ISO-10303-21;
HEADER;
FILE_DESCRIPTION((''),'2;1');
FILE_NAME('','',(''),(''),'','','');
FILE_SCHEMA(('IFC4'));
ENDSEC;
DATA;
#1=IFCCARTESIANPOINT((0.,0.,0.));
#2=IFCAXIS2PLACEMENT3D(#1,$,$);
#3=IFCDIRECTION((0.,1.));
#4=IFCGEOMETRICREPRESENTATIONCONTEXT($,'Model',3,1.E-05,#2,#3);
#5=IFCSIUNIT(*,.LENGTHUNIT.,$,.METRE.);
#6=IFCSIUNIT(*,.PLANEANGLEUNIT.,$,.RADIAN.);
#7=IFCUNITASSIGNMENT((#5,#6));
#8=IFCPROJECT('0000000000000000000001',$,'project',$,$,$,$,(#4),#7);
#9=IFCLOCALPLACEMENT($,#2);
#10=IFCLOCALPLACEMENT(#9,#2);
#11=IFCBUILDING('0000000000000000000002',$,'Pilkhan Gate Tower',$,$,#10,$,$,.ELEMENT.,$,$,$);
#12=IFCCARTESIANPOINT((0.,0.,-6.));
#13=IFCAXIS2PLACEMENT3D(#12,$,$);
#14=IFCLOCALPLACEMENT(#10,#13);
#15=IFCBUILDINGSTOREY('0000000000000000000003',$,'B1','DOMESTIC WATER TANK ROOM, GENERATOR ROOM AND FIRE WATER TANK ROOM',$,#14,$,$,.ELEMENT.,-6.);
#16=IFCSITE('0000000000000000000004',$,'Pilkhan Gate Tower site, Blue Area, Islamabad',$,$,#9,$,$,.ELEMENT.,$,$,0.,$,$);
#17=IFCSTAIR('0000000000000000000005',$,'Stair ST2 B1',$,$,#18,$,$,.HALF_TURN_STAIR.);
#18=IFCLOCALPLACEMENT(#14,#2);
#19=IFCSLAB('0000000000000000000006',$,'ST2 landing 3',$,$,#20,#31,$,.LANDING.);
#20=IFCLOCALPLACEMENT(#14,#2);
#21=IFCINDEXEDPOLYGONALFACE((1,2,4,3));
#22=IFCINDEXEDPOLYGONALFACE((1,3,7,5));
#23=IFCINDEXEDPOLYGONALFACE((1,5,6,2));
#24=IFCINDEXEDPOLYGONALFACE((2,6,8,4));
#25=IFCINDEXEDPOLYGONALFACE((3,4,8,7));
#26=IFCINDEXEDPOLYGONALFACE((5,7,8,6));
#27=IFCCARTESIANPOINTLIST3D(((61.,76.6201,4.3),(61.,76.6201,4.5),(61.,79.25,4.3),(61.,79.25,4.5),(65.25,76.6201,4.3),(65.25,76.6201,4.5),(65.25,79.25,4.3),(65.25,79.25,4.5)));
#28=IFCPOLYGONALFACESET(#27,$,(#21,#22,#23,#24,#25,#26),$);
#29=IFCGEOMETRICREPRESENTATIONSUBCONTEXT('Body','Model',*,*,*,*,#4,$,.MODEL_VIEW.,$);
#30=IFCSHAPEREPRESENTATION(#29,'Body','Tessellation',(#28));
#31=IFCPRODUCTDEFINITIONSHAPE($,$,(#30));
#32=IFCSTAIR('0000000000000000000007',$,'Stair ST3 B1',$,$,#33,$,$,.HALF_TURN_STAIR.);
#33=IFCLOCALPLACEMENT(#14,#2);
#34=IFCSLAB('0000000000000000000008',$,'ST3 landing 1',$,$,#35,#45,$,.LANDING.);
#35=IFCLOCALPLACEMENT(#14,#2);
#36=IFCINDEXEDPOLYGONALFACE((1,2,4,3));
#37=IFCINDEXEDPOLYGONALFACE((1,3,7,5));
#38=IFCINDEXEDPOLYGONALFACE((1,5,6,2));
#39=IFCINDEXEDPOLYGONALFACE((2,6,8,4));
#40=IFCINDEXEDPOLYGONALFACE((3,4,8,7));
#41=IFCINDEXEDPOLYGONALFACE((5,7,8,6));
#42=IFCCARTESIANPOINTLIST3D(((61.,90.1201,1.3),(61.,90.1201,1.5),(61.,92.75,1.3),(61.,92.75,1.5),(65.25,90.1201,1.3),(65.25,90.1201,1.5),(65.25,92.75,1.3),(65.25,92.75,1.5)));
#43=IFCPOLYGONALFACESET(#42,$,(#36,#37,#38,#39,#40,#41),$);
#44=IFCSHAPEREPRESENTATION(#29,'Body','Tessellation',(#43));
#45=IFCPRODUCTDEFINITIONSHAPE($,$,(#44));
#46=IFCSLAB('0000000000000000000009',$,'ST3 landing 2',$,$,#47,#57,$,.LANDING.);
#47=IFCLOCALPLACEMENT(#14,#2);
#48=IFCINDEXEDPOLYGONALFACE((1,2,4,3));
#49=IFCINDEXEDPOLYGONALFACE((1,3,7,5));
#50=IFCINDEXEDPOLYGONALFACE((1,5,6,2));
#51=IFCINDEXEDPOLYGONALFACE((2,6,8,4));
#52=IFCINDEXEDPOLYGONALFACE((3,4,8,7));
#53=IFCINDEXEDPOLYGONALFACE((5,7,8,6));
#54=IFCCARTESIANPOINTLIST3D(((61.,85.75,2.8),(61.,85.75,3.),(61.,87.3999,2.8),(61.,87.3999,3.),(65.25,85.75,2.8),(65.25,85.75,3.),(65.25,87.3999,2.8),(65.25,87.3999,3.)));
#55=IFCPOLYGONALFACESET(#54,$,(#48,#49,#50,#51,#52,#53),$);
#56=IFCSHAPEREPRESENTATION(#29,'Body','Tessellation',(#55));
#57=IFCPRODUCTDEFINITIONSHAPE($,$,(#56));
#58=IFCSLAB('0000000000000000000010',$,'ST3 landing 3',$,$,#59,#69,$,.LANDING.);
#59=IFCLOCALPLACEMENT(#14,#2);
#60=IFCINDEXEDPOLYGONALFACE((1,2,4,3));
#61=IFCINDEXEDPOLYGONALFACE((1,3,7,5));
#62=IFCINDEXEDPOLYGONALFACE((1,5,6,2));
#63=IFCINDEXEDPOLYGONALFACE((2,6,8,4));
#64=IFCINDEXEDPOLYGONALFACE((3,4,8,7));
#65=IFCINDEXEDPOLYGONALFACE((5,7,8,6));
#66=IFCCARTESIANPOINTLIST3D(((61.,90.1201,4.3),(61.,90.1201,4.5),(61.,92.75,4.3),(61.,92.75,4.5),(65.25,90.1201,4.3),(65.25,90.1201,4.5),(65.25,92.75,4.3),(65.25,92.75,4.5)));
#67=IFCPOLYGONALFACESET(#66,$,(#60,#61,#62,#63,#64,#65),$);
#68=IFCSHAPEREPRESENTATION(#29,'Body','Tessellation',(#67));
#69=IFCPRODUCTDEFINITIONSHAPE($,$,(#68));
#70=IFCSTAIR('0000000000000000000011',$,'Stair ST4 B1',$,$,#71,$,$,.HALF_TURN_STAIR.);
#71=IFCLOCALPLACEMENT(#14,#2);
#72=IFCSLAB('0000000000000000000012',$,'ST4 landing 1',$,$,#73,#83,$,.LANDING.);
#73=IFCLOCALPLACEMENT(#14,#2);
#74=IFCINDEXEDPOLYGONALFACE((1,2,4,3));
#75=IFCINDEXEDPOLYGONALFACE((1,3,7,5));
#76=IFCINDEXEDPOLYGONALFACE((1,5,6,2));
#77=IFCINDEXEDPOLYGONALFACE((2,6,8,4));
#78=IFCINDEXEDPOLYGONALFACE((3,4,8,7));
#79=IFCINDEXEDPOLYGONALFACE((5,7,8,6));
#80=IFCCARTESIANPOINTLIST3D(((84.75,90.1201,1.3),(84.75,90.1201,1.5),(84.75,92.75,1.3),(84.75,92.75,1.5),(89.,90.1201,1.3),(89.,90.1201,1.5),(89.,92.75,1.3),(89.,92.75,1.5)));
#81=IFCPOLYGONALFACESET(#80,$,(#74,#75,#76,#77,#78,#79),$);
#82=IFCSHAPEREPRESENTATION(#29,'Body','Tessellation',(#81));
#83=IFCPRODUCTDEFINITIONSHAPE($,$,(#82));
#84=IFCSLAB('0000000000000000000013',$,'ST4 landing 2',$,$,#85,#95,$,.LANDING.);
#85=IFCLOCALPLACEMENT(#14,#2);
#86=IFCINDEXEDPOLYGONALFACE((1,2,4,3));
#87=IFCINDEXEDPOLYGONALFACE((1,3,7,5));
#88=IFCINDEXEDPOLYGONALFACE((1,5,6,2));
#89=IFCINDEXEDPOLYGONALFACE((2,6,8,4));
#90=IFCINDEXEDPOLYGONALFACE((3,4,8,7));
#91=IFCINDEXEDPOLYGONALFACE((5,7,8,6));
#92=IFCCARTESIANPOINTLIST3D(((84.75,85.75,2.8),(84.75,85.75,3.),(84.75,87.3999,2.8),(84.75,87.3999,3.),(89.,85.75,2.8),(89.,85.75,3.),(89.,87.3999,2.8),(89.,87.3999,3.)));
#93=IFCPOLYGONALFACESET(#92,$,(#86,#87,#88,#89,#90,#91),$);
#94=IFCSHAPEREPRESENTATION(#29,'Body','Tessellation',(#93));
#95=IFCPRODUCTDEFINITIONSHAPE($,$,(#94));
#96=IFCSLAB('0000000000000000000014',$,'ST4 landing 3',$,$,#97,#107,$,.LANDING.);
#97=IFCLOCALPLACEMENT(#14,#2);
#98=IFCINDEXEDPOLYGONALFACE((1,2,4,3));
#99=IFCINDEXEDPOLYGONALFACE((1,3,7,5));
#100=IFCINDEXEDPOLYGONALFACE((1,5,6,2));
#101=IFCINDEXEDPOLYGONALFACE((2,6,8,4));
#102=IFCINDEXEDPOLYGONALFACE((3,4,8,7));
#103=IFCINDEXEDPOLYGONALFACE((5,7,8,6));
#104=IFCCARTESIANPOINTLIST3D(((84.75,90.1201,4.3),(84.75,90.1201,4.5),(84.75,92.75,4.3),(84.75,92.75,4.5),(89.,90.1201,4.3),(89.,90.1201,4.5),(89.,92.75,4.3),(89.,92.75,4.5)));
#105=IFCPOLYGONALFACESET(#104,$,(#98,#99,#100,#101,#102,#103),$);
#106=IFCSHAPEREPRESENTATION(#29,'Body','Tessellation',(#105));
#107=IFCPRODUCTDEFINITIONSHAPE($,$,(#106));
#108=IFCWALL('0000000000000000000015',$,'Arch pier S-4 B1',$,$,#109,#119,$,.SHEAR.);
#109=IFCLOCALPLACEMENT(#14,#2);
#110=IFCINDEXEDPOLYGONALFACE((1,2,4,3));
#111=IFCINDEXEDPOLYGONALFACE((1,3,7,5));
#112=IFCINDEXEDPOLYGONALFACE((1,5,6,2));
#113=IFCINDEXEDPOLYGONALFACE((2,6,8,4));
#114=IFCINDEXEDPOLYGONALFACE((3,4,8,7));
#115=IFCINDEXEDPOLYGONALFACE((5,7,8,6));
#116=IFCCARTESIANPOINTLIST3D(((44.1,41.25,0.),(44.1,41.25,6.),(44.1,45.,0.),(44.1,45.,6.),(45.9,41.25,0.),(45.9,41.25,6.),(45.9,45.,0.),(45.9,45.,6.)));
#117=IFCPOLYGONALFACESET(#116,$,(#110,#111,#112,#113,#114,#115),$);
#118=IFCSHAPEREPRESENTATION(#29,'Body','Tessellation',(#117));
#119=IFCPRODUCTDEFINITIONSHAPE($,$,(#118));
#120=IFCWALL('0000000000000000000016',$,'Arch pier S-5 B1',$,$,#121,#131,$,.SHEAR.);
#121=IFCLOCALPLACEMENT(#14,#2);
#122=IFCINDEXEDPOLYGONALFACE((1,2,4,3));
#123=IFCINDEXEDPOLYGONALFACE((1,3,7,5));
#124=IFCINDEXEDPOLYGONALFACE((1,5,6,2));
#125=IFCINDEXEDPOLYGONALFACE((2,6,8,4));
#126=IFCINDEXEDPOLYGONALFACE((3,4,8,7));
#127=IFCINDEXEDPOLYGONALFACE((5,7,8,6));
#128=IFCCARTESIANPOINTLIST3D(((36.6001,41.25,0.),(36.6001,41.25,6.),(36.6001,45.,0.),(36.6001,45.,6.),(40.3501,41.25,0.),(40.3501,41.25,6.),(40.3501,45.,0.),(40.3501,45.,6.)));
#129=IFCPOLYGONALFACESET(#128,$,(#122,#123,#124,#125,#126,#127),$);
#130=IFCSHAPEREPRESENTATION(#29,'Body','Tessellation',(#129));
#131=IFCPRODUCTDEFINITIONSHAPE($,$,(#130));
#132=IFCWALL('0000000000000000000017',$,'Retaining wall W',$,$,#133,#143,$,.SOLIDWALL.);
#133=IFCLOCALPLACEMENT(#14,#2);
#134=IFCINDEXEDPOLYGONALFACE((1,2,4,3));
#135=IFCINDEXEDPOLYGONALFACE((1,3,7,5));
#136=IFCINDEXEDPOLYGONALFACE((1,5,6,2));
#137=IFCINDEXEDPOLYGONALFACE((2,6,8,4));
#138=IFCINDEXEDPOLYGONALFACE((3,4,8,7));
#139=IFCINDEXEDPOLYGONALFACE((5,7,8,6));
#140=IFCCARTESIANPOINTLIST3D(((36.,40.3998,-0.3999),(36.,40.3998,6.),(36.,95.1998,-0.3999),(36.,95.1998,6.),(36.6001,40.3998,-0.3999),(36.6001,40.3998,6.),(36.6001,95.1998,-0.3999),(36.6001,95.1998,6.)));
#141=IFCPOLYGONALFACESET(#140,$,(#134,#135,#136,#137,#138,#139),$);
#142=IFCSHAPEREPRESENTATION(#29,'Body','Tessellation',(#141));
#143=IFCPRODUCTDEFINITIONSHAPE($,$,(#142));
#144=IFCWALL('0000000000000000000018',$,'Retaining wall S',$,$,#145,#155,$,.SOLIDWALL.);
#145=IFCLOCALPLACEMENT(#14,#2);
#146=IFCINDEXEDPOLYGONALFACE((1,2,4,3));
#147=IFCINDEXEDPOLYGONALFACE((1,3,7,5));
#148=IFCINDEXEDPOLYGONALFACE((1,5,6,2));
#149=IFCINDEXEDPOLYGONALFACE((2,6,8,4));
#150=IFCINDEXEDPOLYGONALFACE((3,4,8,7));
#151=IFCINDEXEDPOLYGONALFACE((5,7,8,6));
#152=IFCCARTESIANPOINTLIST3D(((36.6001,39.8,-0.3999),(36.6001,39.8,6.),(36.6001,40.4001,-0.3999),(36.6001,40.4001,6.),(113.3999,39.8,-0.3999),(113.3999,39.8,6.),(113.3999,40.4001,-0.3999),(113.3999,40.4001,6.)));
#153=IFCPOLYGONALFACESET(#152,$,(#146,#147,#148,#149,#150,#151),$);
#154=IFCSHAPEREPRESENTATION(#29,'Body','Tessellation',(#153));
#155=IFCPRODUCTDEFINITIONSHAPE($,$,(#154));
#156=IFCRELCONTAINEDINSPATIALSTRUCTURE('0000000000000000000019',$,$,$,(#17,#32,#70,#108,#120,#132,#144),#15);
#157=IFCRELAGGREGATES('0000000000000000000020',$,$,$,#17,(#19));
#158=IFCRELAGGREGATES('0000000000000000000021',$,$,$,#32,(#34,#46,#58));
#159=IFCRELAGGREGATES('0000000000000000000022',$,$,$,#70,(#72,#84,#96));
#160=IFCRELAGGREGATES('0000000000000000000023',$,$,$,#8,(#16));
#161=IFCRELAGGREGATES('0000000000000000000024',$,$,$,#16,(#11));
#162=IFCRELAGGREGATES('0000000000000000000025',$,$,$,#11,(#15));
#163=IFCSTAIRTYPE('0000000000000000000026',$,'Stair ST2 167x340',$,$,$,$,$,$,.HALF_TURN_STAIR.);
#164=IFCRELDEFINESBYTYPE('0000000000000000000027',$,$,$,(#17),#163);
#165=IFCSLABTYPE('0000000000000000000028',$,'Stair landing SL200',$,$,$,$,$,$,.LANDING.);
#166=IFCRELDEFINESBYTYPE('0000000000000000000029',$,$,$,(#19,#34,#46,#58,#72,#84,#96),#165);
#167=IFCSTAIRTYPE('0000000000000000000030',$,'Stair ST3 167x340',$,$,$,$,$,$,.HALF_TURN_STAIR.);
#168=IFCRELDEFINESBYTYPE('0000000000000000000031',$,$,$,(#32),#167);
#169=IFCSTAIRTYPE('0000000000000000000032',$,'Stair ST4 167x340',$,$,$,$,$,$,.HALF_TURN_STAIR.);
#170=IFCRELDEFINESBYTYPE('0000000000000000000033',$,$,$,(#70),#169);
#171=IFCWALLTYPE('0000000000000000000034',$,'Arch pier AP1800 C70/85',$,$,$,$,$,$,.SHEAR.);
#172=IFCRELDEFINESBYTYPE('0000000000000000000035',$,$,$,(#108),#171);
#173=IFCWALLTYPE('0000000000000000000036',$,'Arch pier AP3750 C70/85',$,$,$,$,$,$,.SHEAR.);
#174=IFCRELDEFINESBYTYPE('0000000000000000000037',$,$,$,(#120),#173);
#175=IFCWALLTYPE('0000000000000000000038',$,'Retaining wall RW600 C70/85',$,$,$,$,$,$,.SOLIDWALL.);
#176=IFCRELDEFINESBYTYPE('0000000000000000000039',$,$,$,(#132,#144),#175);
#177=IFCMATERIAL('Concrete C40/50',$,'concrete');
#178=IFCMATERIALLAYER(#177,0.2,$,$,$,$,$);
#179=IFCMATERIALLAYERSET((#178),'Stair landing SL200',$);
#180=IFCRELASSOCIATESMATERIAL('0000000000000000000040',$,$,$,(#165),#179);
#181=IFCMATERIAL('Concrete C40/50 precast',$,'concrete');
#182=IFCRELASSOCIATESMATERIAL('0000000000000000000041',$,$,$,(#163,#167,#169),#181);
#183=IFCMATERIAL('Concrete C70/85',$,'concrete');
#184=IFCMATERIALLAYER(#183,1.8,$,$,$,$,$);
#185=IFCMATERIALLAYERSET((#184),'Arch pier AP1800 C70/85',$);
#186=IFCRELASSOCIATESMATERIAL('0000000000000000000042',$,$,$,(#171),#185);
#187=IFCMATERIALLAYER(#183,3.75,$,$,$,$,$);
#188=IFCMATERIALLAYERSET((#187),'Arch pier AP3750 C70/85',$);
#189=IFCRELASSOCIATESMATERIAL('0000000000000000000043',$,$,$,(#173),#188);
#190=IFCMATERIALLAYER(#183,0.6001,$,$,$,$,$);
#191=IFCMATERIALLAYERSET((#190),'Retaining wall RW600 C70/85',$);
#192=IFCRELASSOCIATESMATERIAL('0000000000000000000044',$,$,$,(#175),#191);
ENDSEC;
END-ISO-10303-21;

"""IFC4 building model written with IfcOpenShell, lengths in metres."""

from ifc_helpers import new_model, si_unit, direction, frame, frame_2d, origin, place, context, subcontext, project, spatial, polyline, rectangle, outline, extrude, material, layer, layer_set, type_object, element, aggregate, save


model = new_model("IFC4")

# Units and contexts
model_context = context("Model", 3, precision=1e-05, world=origin(), true_north=direction((0.0, 1.0)))
body_context = subcontext(model_context, "Body", "Model", "MODEL_VIEW")
ifc_project = project(units=[si_unit("LENGTHUNIT", "METRE"), si_unit("PLANEANGLEUNIT", "RADIAN")], contexts=[model_context])

# Site, building, storey
site_placement = place(None, origin())
site = spatial("IfcSite", under=ifc_project, at=site_placement, Name="Pilkhan Gate Tower site, Blue Area, Islamabad", CompositionType="ELEMENT", RefElevation=0.0)
building_placement = place(site_placement, origin())
building = spatial("IfcBuilding", under=site, at=building_placement, Name="Pilkhan Gate Tower", CompositionType="ELEMENT")
storey_placement = place(building_placement, frame((0.0, 0.0, -6.0)))
storey = spatial("IfcBuildingStorey", under=building, at=storey_placement, Name="B1", Description="DOMESTIC WATER TANK ROOM, GENERATOR ROOM AND FIRE WATER TANK ROOM", CompositionType="ELEMENT", Elevation=-6.0)

# Shared definitions
ifc_material_1 = material(Name="Concrete C40/50", Category="concrete")

# Stairs, slabs
ifc_material_2 = material(Name="Concrete C40/50 precast", Category="concrete")
ifc_layer_1 = layer(ifc_material_1, 0.2)
ifc_layer_set_1 = layer_set([ifc_layer_1], Name="Stair landing SL200")
slab_type_1 = type_object("IfcSlabType", Name="Stair landing SL200", PredefinedType="LANDING", material=ifc_layer_set_1)
stair_type_1 = type_object("IfcStairType", Name="Stair ST2 167x340", PredefinedType="HALF_TURN_STAIR", material=ifc_material_2)
stair_1_placement = place(storey_placement, origin())
stair_1 = element("IfcStair", 1, at=stair_1_placement, inside=storey, type_object=stair_type_1, Name="Stair ST2 B1", PredefinedType="HALF_TURN_STAIR")
slab_1_placement = place(storey_placement, frame((0.0, 0.0, 4.3)))
slab_1 = element("IfcSlab", 2, at=slab_1_placement, type_object=slab_type_1, Name="ST2 landing 3", PredefinedType="LANDING", context=body_context, shape_type="SweptSolid", body=[
    extrude(outline(polyline([(65.25, 76.6201), (65.25, 79.25), (61.0, 79.25), (61.0, 76.6201), (65.25, 76.6201)])), origin(), (0.0, 0.0, 1.0), 0.2),
])
aggregate(stair_1, [slab_1])
stair_type_2 = type_object("IfcStairType", Name="Stair ST3 167x340", PredefinedType="HALF_TURN_STAIR", material=ifc_material_2)
stair_2_placement = place(storey_placement, origin())
stair_2 = element("IfcStair", 3, at=stair_2_placement, inside=storey, type_object=stair_type_2, Name="Stair ST3 B1", PredefinedType="HALF_TURN_STAIR")
slab_2_placement = place(storey_placement, frame((0.0, 0.0, 1.3)))
slab_2 = element("IfcSlab", 4, at=slab_2_placement, type_object=slab_type_1, Name="ST3 landing 1", PredefinedType="LANDING", context=body_context, shape_type="SweptSolid", body=[
    extrude(outline(polyline([(65.25, 90.1201), (65.25, 92.75), (61.0, 92.75), (61.0, 90.1201), (65.25, 90.1201)])), origin(), (0.0, 0.0, 1.0), 0.2),
])
slab_3_placement = place(storey_placement, frame((0.0, 0.0, 2.8)))
slab_3 = element("IfcSlab", 5, at=slab_3_placement, type_object=slab_type_1, Name="ST3 landing 2", PredefinedType="LANDING", context=body_context, shape_type="SweptSolid", body=[
    extrude(outline(polyline([(65.25, 85.75), (65.25, 87.3999), (61.0, 87.3999), (61.0, 85.75), (65.25, 85.75)])), origin(), (0.0, 0.0, 1.0), 0.2),
])
slab_4_placement = place(storey_placement, frame((0.0, 0.0, 4.3)))
slab_4 = element("IfcSlab", 6, at=slab_4_placement, type_object=slab_type_1, Name="ST3 landing 3", PredefinedType="LANDING", context=body_context, shape_type="SweptSolid", body=[
    extrude(outline(polyline([(65.25, 90.1201), (65.25, 92.75), (61.0, 92.75), (61.0, 90.1201), (65.25, 90.1201)])), origin(), (0.0, 0.0, 1.0), 0.2),
])
aggregate(stair_2, [slab_2, slab_3, slab_4])
stair_type_3 = type_object("IfcStairType", Name="Stair ST4 167x340", PredefinedType="HALF_TURN_STAIR", material=ifc_material_2)
stair_3_placement = place(storey_placement, origin())
stair_3 = element("IfcStair", 7, at=stair_3_placement, inside=storey, type_object=stair_type_3, Name="Stair ST4 B1", PredefinedType="HALF_TURN_STAIR")
slab_5_placement = place(storey_placement, frame((0.0, 0.0, 1.3)))
slab_5 = element("IfcSlab", 8, at=slab_5_placement, type_object=slab_type_1, Name="ST4 landing 1", PredefinedType="LANDING", context=body_context, shape_type="SweptSolid", body=[
    extrude(outline(polyline([(89.0, 90.1201), (89.0, 92.75), (84.75, 92.75), (84.75, 90.1201), (89.0, 90.1201)])), origin(), (0.0, 0.0, 1.0), 0.2),
])
slab_6_placement = place(storey_placement, frame((0.0, 0.0, 2.8)))
slab_6 = element("IfcSlab", 9, at=slab_6_placement, type_object=slab_type_1, Name="ST4 landing 2", PredefinedType="LANDING", context=body_context, shape_type="SweptSolid", body=[
    extrude(outline(polyline([(89.0, 85.75), (89.0, 87.3999), (84.75, 87.3999), (84.75, 85.75), (89.0, 85.75)])), origin(), (0.0, 0.0, 1.0), 0.2),
])
slab_7_placement = place(storey_placement, frame((0.0, 0.0, 4.3)))
slab_7 = element("IfcSlab", 10, at=slab_7_placement, type_object=slab_type_1, Name="ST4 landing 3", PredefinedType="LANDING", context=body_context, shape_type="SweptSolid", body=[
    extrude(outline(polyline([(89.0, 90.1201), (89.0, 92.75), (84.75, 92.75), (84.75, 90.1201), (89.0, 90.1201)])), origin(), (0.0, 0.0, 1.0), 0.2),
])
aggregate(stair_3, [slab_5, slab_6, slab_7])

# Walls
ifc_material_3 = material(Name="Concrete C70/85", Category="concrete")
ifc_layer_2 = layer(ifc_material_3, 1.8)
ifc_layer_set_2 = layer_set([ifc_layer_2], Name="Arch pier AP1800 C70/85")
wall_type_1 = type_object("IfcWallType", Name="Arch pier AP1800 C70/85", PredefinedType="SHEAR", material=ifc_layer_set_2)
wall_1_placement = place(storey_placement, frame((45.0, 41.25, 0.0), z_axis=(0.0, 0.0, 1.0), x_axis=(0.0, 1.0, 0.0)))
element("IfcWall", 11, at=wall_1_placement, inside=storey, type_object=wall_type_1, Name="Arch pier S-4 B1", PredefinedType="SHEAR", context=body_context, shape_type="SweptSolid", body=[
    extrude(rectangle(XDim=3.75, YDim=1.8, at=frame_2d((1.875, 0.0))), origin(), (0.0, 0.0, 1.0), 6.0),
])
ifc_layer_3 = layer(ifc_material_3, 3.75)
ifc_layer_set_3 = layer_set([ifc_layer_3], Name="Arch pier AP3750 C70/85")
wall_type_2 = type_object("IfcWallType", Name="Arch pier AP3750 C70/85", PredefinedType="SHEAR", material=ifc_layer_set_3)
wall_2_placement = place(storey_placement, frame((38.4751, 41.25, 0.0), z_axis=(0.0, 0.0, 1.0), x_axis=(0.0, 1.0, 0.0)))
element("IfcWall", 12, at=wall_2_placement, inside=storey, type_object=wall_type_2, Name="Arch pier S-5 B1", PredefinedType="SHEAR", context=body_context, shape_type="SweptSolid", body=[
    extrude(rectangle(XDim=3.75, YDim=3.75, at=frame_2d((1.875, 0.0))), origin(), (0.0, 0.0, 1.0), 6.0),
])
ifc_layer_4 = layer(ifc_material_3, 0.6001)
ifc_layer_set_4 = layer_set([ifc_layer_4], Name="Retaining wall RW600 C70/85")
wall_type_3 = type_object("IfcWallType", Name="Retaining wall RW600 C70/85", PredefinedType="SOLIDWALL", material=ifc_layer_set_4)
wall_3_placement = place(storey_placement, frame((36.3, 40.3999, -0.3999), z_axis=(0.0, 0.0, 1.0), x_axis=(0.0, 1.0, 0.0)))
element("IfcWall", 13, at=wall_3_placement, inside=storey, type_object=wall_type_3, Name="Retaining wall W", PredefinedType="SOLIDWALL", context=body_context, shape_type="SweptSolid", body=[
    extrude(rectangle(XDim=54.8, YDim=0.6001, at=frame_2d((27.3999, 0.0))), origin(), (0.0, 0.0, 1.0), 6.3999),
])
wall_4_placement = place(storey_placement, frame((36.6001, 40.1001, -0.3999), z_axis=(0.0, 0.0, 1.0), x_axis=(1.0, 0.0, 0.0)))
element("IfcWall", 14, at=wall_4_placement, inside=storey, type_object=wall_type_3, Name="Retaining wall S", PredefinedType="SOLIDWALL", context=body_context, shape_type="SweptSolid", body=[
    extrude(rectangle(XDim=76.7998, YDim=0.6001, at=frame_2d((38.3999, 0.0))), origin(), (0.0, 0.0, 1.0), 6.3999),
])

save(model, "model.ifc")
